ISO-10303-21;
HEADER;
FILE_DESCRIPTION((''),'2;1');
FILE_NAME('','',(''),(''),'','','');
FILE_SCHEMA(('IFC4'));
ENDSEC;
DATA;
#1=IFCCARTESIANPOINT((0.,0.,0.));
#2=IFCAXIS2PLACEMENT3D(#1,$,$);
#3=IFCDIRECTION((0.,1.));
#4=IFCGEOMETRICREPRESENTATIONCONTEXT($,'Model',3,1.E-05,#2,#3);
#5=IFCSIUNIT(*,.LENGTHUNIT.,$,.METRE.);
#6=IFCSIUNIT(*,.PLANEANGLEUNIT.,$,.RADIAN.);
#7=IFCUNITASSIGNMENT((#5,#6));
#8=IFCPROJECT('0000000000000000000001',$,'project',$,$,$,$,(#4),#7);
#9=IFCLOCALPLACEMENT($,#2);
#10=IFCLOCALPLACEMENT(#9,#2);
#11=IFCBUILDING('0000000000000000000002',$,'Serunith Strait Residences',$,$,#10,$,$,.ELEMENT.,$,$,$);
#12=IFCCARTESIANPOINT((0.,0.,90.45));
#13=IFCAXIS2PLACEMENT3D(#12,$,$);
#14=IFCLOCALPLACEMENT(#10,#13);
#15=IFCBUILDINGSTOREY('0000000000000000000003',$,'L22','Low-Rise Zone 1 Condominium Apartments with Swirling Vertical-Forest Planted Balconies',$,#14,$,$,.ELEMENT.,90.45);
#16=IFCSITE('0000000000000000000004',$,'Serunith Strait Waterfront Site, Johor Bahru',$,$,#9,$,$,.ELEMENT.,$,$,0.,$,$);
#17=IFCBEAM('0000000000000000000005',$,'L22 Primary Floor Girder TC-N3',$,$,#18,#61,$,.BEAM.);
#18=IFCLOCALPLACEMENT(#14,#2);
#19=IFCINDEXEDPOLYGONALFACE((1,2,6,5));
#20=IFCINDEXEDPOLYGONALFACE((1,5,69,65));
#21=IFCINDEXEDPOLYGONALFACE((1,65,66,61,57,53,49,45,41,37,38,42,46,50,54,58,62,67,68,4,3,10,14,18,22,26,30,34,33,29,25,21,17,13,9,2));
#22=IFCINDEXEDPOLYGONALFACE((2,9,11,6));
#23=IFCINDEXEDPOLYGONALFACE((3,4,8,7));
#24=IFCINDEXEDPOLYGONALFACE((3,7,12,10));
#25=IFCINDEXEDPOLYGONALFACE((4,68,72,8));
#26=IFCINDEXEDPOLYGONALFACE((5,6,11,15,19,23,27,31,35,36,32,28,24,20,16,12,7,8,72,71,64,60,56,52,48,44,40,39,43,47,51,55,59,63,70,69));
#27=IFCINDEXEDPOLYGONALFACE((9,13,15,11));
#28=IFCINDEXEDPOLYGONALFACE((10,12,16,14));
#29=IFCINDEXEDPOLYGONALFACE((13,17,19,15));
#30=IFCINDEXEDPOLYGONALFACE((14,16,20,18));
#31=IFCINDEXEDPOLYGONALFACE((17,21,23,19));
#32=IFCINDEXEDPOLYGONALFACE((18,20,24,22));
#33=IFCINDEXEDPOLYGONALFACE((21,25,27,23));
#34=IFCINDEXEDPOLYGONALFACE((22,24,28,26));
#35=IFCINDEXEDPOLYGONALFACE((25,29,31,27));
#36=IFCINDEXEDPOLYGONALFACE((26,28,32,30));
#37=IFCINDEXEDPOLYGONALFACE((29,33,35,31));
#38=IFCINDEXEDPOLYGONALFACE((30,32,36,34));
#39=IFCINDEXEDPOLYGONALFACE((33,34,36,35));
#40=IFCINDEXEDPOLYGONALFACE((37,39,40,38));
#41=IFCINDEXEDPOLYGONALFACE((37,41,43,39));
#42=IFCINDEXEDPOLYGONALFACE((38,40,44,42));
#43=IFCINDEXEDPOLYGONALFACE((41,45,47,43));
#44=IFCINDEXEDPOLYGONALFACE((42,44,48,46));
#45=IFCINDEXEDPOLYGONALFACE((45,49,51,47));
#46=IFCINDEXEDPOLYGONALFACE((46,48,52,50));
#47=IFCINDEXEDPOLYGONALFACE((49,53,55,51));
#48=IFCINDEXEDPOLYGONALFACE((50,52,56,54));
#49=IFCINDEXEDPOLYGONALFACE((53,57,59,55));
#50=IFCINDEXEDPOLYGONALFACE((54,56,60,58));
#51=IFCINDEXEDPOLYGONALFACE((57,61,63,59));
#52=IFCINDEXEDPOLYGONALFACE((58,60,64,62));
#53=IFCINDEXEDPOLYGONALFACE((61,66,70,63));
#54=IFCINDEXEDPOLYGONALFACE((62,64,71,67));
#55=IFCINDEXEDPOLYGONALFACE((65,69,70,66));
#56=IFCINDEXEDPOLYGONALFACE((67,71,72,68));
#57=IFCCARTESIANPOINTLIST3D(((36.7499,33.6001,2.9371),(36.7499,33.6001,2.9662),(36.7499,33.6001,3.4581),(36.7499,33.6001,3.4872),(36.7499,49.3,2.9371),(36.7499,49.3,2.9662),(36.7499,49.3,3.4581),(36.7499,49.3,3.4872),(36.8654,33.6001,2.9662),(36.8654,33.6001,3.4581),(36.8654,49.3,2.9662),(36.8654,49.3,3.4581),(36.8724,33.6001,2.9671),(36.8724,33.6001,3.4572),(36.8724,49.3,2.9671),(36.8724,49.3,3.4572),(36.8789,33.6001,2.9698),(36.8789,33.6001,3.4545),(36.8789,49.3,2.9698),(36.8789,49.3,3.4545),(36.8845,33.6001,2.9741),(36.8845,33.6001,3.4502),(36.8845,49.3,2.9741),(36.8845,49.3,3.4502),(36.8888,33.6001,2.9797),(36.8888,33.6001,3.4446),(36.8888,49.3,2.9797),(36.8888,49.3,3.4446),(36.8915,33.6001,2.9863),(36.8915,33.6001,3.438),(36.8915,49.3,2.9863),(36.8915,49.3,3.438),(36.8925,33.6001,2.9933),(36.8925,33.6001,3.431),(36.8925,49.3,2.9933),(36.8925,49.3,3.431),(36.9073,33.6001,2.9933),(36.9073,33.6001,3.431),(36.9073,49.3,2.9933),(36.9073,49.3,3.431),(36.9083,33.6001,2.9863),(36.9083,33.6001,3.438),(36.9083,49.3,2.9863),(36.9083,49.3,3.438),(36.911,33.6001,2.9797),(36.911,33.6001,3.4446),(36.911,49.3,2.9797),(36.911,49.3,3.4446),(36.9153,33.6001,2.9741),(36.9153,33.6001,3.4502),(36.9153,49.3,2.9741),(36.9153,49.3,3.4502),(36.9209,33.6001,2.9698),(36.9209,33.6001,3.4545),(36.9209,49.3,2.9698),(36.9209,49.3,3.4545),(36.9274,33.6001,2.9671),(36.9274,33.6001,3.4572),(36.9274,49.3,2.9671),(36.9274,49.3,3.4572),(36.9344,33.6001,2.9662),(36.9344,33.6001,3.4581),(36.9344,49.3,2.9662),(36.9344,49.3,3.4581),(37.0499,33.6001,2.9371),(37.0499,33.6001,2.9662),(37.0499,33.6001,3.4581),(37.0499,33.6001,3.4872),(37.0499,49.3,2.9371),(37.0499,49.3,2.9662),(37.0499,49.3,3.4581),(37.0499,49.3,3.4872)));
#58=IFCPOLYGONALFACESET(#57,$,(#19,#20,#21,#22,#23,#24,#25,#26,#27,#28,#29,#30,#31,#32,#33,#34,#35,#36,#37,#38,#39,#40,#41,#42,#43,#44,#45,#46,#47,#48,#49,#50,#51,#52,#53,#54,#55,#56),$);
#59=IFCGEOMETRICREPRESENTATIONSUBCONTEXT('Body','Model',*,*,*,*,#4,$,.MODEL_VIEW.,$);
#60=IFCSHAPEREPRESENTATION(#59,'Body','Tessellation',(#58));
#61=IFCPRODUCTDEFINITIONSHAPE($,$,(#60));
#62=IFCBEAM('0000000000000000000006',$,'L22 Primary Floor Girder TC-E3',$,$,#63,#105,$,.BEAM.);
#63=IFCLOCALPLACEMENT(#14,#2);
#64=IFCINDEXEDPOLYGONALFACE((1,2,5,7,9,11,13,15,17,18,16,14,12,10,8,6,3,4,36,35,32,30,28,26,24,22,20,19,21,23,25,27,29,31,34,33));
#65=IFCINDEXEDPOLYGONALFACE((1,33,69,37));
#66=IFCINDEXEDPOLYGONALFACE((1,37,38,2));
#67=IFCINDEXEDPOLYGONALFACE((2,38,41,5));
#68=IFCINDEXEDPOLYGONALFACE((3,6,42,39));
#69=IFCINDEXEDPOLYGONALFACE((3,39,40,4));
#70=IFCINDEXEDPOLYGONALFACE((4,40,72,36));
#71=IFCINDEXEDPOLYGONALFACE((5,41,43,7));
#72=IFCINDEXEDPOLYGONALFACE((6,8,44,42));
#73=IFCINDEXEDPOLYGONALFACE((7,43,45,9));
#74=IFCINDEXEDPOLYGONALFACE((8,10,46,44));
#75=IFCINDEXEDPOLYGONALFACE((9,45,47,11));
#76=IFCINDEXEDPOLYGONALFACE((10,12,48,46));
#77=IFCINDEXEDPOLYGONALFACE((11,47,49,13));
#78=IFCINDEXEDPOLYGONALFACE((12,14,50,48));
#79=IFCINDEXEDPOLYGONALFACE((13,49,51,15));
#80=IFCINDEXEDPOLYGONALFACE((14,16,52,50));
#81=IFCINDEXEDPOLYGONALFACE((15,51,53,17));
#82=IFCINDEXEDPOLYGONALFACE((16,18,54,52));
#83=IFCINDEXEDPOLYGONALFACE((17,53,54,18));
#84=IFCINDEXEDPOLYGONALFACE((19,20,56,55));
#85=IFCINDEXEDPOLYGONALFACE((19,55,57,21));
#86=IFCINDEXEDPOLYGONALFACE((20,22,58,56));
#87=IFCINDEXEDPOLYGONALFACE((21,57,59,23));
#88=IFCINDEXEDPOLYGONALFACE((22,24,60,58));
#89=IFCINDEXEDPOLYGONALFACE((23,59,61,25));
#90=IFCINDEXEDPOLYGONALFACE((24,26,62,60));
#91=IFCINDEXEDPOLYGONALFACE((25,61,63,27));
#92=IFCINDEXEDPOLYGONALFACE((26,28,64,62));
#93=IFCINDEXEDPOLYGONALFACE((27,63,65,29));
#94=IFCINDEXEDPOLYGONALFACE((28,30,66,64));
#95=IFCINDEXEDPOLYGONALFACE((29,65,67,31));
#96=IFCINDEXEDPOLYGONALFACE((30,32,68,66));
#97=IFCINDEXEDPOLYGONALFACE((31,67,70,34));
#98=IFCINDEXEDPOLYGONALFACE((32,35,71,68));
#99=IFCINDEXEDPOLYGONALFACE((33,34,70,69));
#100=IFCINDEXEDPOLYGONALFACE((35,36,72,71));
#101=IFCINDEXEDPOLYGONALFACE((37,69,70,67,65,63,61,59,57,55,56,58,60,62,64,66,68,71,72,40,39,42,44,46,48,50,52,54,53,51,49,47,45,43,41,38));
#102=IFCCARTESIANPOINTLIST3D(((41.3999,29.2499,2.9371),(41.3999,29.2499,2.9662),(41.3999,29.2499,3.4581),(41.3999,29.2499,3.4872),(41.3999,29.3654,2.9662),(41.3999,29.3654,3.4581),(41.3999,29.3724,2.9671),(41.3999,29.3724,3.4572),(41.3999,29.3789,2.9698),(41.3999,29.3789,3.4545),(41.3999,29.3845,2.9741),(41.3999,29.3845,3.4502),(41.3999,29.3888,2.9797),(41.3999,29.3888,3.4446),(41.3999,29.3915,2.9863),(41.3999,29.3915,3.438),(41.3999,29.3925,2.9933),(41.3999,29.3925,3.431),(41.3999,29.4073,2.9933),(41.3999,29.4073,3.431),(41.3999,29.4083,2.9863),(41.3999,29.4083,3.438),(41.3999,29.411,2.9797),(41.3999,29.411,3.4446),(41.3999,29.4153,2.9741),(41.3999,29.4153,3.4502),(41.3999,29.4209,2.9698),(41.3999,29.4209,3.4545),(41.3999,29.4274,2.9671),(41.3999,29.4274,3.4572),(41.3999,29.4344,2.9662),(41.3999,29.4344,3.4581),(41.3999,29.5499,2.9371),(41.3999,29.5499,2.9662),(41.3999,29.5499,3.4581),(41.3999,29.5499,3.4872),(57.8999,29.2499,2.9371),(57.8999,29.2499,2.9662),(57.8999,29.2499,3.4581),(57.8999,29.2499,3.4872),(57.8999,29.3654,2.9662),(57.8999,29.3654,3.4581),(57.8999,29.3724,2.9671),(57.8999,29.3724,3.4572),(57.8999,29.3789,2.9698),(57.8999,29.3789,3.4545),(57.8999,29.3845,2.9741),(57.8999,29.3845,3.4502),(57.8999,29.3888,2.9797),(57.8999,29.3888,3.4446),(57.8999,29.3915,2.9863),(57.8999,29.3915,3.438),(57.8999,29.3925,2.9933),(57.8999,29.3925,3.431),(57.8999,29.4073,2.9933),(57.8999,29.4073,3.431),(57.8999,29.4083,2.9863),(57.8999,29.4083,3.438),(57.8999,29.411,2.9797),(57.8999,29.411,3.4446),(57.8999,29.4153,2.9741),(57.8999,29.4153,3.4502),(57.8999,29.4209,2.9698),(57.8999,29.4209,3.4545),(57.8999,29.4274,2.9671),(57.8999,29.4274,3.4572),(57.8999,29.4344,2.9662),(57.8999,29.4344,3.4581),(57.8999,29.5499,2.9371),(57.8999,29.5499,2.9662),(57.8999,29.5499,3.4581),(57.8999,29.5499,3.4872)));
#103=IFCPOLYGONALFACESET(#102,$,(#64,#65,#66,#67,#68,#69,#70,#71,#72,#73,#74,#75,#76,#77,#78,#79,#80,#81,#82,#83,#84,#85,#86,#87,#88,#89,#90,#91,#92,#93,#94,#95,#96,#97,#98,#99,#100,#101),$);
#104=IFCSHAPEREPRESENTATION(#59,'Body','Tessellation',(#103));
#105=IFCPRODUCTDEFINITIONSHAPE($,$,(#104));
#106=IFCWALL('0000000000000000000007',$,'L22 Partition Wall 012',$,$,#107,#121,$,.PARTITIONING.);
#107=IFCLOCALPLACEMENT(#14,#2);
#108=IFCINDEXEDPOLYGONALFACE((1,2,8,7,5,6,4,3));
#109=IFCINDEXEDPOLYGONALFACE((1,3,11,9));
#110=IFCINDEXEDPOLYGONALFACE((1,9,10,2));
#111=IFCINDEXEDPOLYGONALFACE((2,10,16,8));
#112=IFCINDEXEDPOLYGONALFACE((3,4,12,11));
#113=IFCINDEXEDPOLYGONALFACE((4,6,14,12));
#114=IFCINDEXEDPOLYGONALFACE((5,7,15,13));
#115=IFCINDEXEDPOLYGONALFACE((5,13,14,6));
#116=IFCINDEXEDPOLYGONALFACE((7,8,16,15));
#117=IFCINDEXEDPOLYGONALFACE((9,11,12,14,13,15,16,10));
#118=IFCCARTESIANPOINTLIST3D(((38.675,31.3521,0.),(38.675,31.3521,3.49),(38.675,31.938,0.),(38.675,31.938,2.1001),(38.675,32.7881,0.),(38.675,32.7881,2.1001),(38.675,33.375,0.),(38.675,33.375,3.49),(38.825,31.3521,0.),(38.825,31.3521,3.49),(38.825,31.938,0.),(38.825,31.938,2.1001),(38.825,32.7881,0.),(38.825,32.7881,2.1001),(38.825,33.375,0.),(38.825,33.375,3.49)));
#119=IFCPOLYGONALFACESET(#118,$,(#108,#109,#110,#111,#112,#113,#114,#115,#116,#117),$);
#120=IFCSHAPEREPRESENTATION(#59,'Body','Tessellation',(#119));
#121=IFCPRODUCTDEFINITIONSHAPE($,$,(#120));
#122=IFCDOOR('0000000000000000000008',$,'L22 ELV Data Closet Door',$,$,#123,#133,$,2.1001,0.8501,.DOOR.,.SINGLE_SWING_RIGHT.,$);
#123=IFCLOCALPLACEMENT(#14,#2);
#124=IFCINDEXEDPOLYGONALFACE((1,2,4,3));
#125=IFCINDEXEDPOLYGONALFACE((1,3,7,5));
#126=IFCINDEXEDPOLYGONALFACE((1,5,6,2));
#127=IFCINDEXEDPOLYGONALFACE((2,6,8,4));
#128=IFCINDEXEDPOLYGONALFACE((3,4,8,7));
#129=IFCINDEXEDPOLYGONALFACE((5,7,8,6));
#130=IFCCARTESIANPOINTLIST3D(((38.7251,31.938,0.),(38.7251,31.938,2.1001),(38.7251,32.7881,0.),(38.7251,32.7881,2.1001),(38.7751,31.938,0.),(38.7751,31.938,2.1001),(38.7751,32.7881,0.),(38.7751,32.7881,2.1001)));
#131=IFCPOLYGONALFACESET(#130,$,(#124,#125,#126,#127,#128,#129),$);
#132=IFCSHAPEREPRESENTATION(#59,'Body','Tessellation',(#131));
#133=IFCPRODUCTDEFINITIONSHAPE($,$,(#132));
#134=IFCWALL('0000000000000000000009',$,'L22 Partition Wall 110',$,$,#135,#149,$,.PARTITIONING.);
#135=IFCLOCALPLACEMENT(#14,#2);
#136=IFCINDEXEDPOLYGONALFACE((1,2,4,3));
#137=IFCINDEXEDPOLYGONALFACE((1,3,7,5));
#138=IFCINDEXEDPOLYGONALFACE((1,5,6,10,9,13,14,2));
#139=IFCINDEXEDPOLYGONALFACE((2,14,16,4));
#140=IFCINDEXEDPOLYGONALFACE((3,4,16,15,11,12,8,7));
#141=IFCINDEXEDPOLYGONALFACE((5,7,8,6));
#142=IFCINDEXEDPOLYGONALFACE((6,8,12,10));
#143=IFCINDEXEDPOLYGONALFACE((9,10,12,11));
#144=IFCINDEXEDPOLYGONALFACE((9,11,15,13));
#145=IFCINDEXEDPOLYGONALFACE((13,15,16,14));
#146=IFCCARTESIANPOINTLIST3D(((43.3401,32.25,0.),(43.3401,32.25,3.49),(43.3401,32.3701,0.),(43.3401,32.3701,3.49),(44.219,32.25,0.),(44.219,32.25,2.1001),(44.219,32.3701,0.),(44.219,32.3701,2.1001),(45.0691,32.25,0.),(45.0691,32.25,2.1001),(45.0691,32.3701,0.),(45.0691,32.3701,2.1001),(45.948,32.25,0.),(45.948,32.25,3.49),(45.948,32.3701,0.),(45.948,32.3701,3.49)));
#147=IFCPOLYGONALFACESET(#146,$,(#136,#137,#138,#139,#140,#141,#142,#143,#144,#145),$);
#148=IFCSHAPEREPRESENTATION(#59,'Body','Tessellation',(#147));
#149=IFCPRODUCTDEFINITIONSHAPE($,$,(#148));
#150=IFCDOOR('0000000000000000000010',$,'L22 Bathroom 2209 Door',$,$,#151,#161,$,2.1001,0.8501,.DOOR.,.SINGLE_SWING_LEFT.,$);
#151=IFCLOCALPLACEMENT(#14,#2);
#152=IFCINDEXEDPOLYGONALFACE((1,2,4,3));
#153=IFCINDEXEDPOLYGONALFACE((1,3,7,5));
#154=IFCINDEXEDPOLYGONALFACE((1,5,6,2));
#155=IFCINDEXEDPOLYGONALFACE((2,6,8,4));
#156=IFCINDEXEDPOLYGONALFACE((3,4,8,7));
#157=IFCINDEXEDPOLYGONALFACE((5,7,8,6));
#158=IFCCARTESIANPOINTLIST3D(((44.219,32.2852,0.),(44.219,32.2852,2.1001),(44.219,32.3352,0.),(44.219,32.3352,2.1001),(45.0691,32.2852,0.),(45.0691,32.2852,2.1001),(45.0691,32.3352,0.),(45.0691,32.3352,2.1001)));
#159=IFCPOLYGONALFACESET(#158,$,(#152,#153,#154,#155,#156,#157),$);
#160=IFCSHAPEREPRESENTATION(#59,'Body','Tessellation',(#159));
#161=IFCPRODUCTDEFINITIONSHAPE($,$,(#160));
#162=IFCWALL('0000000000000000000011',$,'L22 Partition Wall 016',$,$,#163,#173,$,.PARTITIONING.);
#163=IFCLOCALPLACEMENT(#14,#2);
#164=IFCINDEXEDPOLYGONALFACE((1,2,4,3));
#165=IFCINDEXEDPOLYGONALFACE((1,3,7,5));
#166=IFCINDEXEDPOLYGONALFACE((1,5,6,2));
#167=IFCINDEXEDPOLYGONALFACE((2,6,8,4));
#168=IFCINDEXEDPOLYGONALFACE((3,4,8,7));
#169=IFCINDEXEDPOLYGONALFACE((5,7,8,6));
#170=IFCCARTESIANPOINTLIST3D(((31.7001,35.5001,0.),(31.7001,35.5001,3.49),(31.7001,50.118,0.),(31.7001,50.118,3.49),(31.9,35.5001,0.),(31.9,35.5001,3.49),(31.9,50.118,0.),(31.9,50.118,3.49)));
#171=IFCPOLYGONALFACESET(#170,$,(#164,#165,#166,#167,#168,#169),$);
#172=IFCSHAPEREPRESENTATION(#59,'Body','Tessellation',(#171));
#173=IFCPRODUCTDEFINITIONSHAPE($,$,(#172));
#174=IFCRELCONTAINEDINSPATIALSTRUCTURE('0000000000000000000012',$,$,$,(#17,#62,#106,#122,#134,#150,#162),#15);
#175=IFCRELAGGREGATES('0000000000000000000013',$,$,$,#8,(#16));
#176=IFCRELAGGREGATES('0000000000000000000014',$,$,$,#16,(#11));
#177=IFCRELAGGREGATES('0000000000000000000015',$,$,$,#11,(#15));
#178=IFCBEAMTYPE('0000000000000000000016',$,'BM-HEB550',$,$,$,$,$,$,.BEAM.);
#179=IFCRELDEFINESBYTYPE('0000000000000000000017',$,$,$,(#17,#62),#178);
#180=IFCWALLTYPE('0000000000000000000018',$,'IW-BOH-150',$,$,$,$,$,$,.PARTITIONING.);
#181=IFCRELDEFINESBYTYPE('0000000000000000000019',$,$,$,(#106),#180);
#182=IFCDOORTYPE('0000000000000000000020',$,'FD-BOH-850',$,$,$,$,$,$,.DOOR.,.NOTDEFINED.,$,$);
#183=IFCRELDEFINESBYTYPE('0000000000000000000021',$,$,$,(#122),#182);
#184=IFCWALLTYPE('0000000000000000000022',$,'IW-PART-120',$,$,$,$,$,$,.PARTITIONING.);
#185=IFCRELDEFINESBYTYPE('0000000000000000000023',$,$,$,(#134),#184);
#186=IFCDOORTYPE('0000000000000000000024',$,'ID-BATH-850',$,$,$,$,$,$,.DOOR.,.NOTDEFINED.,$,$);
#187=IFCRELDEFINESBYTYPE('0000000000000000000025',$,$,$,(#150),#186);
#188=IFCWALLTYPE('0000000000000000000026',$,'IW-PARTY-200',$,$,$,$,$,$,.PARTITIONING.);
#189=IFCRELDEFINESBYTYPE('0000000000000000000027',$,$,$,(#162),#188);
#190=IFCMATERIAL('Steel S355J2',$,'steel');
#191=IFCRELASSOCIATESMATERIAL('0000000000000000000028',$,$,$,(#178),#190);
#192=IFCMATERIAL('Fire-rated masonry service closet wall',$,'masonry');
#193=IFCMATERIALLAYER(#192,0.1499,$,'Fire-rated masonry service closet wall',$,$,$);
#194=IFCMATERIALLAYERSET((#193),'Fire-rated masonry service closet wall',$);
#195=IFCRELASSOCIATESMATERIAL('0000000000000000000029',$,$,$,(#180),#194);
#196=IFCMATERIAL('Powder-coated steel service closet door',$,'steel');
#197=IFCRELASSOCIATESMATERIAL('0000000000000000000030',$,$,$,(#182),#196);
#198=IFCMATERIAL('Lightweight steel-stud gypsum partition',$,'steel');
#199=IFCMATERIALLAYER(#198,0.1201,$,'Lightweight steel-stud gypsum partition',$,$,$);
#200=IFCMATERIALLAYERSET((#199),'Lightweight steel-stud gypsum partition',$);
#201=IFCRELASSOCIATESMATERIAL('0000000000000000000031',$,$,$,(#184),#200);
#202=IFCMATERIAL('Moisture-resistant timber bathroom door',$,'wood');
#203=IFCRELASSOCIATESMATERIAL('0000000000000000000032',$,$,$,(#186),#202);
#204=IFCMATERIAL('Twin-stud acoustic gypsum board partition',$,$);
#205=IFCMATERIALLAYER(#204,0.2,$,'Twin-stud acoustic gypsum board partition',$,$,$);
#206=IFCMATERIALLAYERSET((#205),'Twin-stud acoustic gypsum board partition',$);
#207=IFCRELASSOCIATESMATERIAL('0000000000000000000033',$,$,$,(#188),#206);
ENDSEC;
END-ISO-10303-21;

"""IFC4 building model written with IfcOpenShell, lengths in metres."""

from ifc_helpers import new_model, si_unit, direction, frame, frame_2d, origin, origin_2d, place, context, subcontext, project, spatial, rectangle, i_section, extrude, source, transform, mapped, material, layer, layer_set, material_profile, profile_set, type_object, element, fill, save


model = new_model("IFC4")

# Units and contexts
model_context = context("Model", 3, precision=1e-05, world=origin(), true_north=direction((0.0, 1.0)))
body_context = subcontext(model_context, "Body", "Model", "MODEL_VIEW")
ifc_project = project(units=[si_unit("LENGTHUNIT", "METRE"), si_unit("PLANEANGLEUNIT", "RADIAN")], contexts=[model_context])

# Site, building, storey
site_placement = place(None, origin())
site = spatial("IfcSite", under=ifc_project, at=site_placement, Name="Serunith Strait Waterfront Site, Johor Bahru", CompositionType="ELEMENT", RefElevation=0.0)
building_placement = place(site_placement, origin())
building = spatial("IfcBuilding", under=site, at=building_placement, Name="Serunith Strait Residences", CompositionType="ELEMENT")
storey_placement = place(building_placement, frame((0.0, 0.0, 90.45)))
storey = spatial("IfcBuildingStorey", under=building, at=storey_placement, Name="L22", Description="Low-Rise Zone 1 Condominium Apartments with Swirling Vertical-Forest Planted Balconies", CompositionType="ELEMENT", Elevation=90.45)

# Beams
ifc_material_1 = material(Name="Steel S355J2", Category="steel")
ifc_material_profile = material_profile(ifc_material_1, i_section(OverallWidth=0.3, OverallDepth=0.55, WebThickness=0.0149, FlangeThickness=0.0291, FilletRadius=0.0271, at=origin_2d()), Name="HEB 550")
ifc_profile_set = profile_set([ifc_material_profile], Name="Steel S355J2")
beam_type = type_object("IfcBeamType", Name="BM-HEB550", PredefinedType="BEAM", material=ifc_profile_set)
shared_shape_1 = source(origin(), body_context, "Body", "SweptSolid", [
    extrude(i_section(OverallWidth=0.3, OverallDepth=0.55, WebThickness=0.0149, FlangeThickness=0.0291, FilletRadius=0.0271, at=origin_2d()), origin(), (0.0, 0.0, 1.0), 15.7),
])
beam_1_placement = place(storey_placement, frame((36.8999, 33.6001, 3.2122), z_axis=(0.0, 1.0, 0.0), x_axis=(-1.0, 0.0, 0.0)))
element("IfcBeam", 1, at=beam_1_placement, inside=storey, type_object=beam_type, Name="L22 Primary Floor Girder TC-N3", PredefinedType="BEAM", context=body_context, shape_type="MappedRepresentation", body=[
    mapped(shared_shape_1, transform((0.0, 0.0, 0.0), scale=1.0)),
])
shared_shape_2 = source(origin(), body_context, "Body", "SweptSolid", [
    extrude(i_section(OverallWidth=0.3, OverallDepth=0.55, WebThickness=0.0149, FlangeThickness=0.0291, FilletRadius=0.0271, at=origin_2d()), origin(), (0.0, 0.0, 1.0), 16.5),
])
beam_2_placement = place(storey_placement, frame((41.3999, 29.3999, 3.2122), z_axis=(1.0, 0.0, 0.0), x_axis=(0.0, 1.0, 0.0)))
element("IfcBeam", 2, at=beam_2_placement, inside=storey, type_object=beam_type, Name="L22 Primary Floor Girder TC-E3", PredefinedType="BEAM", context=body_context, shape_type="MappedRepresentation", body=[
    mapped(shared_shape_2, transform((0.0, 0.0, 0.0), scale=1.0)),
])

# Walls, openings, doors
ifc_material_2 = material(Name="Fire-rated masonry service closet wall", Category="masonry")
ifc_layer_1 = layer(ifc_material_2, 0.1499, Name="Fire-rated masonry service closet wall")
ifc_layer_set_1 = layer_set([ifc_layer_1], Name="Fire-rated masonry service closet wall")
wall_type_1 = type_object("IfcWallType", Name="IW-BOH-150", PredefinedType="PARTITIONING", material=ifc_layer_set_1)
wall_1_placement = place(storey_placement, frame((38.75, 31.3521, 0.0), z_axis=(0.0, 0.0, 1.0), x_axis=(0.0, 1.0, 0.0)))
wall_1 = element("IfcWall", 3, at=wall_1_placement, inside=storey, type_object=wall_type_1, Name="L22 Partition Wall 012", PredefinedType="PARTITIONING", context=body_context, shape_type="SweptSolid", body=[
    extrude(rectangle(XDim=2.0229, YDim=0.1499, at=frame_2d((1.0115, 0.0))), origin(), (0.0, 0.0, 1.0), 3.49),
])
opening_1_placement = place(wall_1_placement, frame((0.5859, 0.0, 0.0)))
opening_1 = element("IfcOpeningElement", 4, at=opening_1_placement, cuts=wall_1, PredefinedType="OPENING", context=body_context, shape_type="SweptSolid", body=[
    extrude(rectangle(XDim=0.8501, YDim=2.1001, at=frame_2d((0.425, 1.05))), frame((0.0, 0.085, 0.0), z_axis=(0.0, -1.0, 0.0), x_axis=(1.0, 0.0, 0.0)), (0.0, 0.0, 1.0), 0.1699),
])
ifc_material_3 = material(Name="Powder-coated steel service closet door", Category="steel")
door_type_1 = type_object("IfcDoorType", Name="FD-BOH-850", OperationType="NOTDEFINED", PredefinedType="DOOR", material=ifc_material_3)
shared_shape_3 = source(origin(), body_context, "Body", "SweptSolid", [
    extrude(rectangle(XDim=0.8501, YDim=2.1001, at=frame_2d((0.425, 1.05))), frame((0.0, 0.0249, 0.0), z_axis=(0.0, -1.0, 0.0), x_axis=(1.0, 0.0, 0.0)), (0.0, 0.0, 1.0), 0.05),
])
door_1_placement = place(opening_1_placement, origin())
door_1 = element("IfcDoor", 5, at=door_1_placement, inside=storey, type_object=door_type_1, Name="L22 ELV Data Closet Door", OperationType="SINGLE_SWING_RIGHT", OverallHeight=2.1001, OverallWidth=0.8501, PredefinedType="DOOR", context=body_context, shape_type="MappedRepresentation", body=[
    mapped(shared_shape_3, transform((0.0, 0.0, 0.0), scale=1.0)),
])
fill(opening_1, door_1)
ifc_material_4 = material(Name="Lightweight steel-stud gypsum partition", Category="steel")
ifc_layer_2 = layer(ifc_material_4, 0.1201, Name="Lightweight steel-stud gypsum partition")
ifc_layer_set_2 = layer_set([ifc_layer_2], Name="Lightweight steel-stud gypsum partition")
wall_type_2 = type_object("IfcWallType", Name="IW-PART-120", PredefinedType="PARTITIONING", material=ifc_layer_set_2)
wall_2_placement = place(storey_placement, frame((45.948, 32.3101, 0.0), z_axis=(0.0, 0.0, 1.0), x_axis=(-1.0, 0.0, 0.0)))
wall_2 = element("IfcWall", 6, at=wall_2_placement, inside=storey, type_object=wall_type_2, Name="L22 Partition Wall 110", PredefinedType="PARTITIONING", context=body_context, shape_type="SweptSolid", body=[
    extrude(rectangle(XDim=2.6079, YDim=0.1201, at=frame_2d((1.304, 0.0))), origin(), (0.0, 0.0, 1.0), 3.49),
])
opening_2_placement = place(wall_2_placement, frame((0.8789, 0.0, 0.0)))
opening_2 = element("IfcOpeningElement", 7, at=opening_2_placement, cuts=wall_2, PredefinedType="OPENING", context=body_context, shape_type="SweptSolid", body=[
    extrude(rectangle(XDim=0.8501, YDim=2.1001, at=frame_2d((0.425, 1.05))), frame((0.0, 0.0701, 0.0), z_axis=(0.0, -1.0, 0.0), x_axis=(1.0, 0.0, 0.0)), (0.0, 0.0, 1.0), 0.1401),
])
ifc_material_5 = material(Name="Moisture-resistant timber bathroom door", Category="wood")
door_type_2 = type_object("IfcDoorType", Name="ID-BATH-850", OperationType="NOTDEFINED", PredefinedType="DOOR", material=ifc_material_5)
door_2_placement = place(opening_2_placement, origin())
door_2 = element("IfcDoor", 8, at=door_2_placement, inside=storey, type_object=door_type_2, Name="L22 Bathroom 2209 Door", OperationType="SINGLE_SWING_LEFT", OverallHeight=2.1001, OverallWidth=0.8501, PredefinedType="DOOR", context=body_context, shape_type="MappedRepresentation", body=[
    mapped(shared_shape_3, transform((0.0, 0.0, 0.0), scale=1.0)),
])
fill(opening_2, door_2)

# Wall
ifc_material_6 = material(Name="Twin-stud acoustic gypsum board partition")
ifc_layer_3 = layer(ifc_material_6, 0.2, Name="Twin-stud acoustic gypsum board partition")
ifc_layer_set_3 = layer_set([ifc_layer_3], Name="Twin-stud acoustic gypsum board partition")
wall_type_3 = type_object("IfcWallType", Name="IW-PARTY-200", PredefinedType="PARTITIONING", material=ifc_layer_set_3)
wall_3_placement = place(storey_placement, frame((31.8, 35.5, 0.0), z_axis=(0.0, 0.0, 1.0), x_axis=(0.0, 1.0, 0.0)))
element("IfcWall", 9, at=wall_3_placement, inside=storey, type_object=wall_type_3, Name="L22 Partition Wall 016", PredefinedType="PARTITIONING", context=body_context, shape_type="SweptSolid", body=[
    extrude(rectangle(XDim=14.6179, YDim=0.2, at=frame_2d((7.3091, 0.0))), origin(), (0.0, 0.0, 1.0), 3.49),
])

save(model, "model.ifc")
